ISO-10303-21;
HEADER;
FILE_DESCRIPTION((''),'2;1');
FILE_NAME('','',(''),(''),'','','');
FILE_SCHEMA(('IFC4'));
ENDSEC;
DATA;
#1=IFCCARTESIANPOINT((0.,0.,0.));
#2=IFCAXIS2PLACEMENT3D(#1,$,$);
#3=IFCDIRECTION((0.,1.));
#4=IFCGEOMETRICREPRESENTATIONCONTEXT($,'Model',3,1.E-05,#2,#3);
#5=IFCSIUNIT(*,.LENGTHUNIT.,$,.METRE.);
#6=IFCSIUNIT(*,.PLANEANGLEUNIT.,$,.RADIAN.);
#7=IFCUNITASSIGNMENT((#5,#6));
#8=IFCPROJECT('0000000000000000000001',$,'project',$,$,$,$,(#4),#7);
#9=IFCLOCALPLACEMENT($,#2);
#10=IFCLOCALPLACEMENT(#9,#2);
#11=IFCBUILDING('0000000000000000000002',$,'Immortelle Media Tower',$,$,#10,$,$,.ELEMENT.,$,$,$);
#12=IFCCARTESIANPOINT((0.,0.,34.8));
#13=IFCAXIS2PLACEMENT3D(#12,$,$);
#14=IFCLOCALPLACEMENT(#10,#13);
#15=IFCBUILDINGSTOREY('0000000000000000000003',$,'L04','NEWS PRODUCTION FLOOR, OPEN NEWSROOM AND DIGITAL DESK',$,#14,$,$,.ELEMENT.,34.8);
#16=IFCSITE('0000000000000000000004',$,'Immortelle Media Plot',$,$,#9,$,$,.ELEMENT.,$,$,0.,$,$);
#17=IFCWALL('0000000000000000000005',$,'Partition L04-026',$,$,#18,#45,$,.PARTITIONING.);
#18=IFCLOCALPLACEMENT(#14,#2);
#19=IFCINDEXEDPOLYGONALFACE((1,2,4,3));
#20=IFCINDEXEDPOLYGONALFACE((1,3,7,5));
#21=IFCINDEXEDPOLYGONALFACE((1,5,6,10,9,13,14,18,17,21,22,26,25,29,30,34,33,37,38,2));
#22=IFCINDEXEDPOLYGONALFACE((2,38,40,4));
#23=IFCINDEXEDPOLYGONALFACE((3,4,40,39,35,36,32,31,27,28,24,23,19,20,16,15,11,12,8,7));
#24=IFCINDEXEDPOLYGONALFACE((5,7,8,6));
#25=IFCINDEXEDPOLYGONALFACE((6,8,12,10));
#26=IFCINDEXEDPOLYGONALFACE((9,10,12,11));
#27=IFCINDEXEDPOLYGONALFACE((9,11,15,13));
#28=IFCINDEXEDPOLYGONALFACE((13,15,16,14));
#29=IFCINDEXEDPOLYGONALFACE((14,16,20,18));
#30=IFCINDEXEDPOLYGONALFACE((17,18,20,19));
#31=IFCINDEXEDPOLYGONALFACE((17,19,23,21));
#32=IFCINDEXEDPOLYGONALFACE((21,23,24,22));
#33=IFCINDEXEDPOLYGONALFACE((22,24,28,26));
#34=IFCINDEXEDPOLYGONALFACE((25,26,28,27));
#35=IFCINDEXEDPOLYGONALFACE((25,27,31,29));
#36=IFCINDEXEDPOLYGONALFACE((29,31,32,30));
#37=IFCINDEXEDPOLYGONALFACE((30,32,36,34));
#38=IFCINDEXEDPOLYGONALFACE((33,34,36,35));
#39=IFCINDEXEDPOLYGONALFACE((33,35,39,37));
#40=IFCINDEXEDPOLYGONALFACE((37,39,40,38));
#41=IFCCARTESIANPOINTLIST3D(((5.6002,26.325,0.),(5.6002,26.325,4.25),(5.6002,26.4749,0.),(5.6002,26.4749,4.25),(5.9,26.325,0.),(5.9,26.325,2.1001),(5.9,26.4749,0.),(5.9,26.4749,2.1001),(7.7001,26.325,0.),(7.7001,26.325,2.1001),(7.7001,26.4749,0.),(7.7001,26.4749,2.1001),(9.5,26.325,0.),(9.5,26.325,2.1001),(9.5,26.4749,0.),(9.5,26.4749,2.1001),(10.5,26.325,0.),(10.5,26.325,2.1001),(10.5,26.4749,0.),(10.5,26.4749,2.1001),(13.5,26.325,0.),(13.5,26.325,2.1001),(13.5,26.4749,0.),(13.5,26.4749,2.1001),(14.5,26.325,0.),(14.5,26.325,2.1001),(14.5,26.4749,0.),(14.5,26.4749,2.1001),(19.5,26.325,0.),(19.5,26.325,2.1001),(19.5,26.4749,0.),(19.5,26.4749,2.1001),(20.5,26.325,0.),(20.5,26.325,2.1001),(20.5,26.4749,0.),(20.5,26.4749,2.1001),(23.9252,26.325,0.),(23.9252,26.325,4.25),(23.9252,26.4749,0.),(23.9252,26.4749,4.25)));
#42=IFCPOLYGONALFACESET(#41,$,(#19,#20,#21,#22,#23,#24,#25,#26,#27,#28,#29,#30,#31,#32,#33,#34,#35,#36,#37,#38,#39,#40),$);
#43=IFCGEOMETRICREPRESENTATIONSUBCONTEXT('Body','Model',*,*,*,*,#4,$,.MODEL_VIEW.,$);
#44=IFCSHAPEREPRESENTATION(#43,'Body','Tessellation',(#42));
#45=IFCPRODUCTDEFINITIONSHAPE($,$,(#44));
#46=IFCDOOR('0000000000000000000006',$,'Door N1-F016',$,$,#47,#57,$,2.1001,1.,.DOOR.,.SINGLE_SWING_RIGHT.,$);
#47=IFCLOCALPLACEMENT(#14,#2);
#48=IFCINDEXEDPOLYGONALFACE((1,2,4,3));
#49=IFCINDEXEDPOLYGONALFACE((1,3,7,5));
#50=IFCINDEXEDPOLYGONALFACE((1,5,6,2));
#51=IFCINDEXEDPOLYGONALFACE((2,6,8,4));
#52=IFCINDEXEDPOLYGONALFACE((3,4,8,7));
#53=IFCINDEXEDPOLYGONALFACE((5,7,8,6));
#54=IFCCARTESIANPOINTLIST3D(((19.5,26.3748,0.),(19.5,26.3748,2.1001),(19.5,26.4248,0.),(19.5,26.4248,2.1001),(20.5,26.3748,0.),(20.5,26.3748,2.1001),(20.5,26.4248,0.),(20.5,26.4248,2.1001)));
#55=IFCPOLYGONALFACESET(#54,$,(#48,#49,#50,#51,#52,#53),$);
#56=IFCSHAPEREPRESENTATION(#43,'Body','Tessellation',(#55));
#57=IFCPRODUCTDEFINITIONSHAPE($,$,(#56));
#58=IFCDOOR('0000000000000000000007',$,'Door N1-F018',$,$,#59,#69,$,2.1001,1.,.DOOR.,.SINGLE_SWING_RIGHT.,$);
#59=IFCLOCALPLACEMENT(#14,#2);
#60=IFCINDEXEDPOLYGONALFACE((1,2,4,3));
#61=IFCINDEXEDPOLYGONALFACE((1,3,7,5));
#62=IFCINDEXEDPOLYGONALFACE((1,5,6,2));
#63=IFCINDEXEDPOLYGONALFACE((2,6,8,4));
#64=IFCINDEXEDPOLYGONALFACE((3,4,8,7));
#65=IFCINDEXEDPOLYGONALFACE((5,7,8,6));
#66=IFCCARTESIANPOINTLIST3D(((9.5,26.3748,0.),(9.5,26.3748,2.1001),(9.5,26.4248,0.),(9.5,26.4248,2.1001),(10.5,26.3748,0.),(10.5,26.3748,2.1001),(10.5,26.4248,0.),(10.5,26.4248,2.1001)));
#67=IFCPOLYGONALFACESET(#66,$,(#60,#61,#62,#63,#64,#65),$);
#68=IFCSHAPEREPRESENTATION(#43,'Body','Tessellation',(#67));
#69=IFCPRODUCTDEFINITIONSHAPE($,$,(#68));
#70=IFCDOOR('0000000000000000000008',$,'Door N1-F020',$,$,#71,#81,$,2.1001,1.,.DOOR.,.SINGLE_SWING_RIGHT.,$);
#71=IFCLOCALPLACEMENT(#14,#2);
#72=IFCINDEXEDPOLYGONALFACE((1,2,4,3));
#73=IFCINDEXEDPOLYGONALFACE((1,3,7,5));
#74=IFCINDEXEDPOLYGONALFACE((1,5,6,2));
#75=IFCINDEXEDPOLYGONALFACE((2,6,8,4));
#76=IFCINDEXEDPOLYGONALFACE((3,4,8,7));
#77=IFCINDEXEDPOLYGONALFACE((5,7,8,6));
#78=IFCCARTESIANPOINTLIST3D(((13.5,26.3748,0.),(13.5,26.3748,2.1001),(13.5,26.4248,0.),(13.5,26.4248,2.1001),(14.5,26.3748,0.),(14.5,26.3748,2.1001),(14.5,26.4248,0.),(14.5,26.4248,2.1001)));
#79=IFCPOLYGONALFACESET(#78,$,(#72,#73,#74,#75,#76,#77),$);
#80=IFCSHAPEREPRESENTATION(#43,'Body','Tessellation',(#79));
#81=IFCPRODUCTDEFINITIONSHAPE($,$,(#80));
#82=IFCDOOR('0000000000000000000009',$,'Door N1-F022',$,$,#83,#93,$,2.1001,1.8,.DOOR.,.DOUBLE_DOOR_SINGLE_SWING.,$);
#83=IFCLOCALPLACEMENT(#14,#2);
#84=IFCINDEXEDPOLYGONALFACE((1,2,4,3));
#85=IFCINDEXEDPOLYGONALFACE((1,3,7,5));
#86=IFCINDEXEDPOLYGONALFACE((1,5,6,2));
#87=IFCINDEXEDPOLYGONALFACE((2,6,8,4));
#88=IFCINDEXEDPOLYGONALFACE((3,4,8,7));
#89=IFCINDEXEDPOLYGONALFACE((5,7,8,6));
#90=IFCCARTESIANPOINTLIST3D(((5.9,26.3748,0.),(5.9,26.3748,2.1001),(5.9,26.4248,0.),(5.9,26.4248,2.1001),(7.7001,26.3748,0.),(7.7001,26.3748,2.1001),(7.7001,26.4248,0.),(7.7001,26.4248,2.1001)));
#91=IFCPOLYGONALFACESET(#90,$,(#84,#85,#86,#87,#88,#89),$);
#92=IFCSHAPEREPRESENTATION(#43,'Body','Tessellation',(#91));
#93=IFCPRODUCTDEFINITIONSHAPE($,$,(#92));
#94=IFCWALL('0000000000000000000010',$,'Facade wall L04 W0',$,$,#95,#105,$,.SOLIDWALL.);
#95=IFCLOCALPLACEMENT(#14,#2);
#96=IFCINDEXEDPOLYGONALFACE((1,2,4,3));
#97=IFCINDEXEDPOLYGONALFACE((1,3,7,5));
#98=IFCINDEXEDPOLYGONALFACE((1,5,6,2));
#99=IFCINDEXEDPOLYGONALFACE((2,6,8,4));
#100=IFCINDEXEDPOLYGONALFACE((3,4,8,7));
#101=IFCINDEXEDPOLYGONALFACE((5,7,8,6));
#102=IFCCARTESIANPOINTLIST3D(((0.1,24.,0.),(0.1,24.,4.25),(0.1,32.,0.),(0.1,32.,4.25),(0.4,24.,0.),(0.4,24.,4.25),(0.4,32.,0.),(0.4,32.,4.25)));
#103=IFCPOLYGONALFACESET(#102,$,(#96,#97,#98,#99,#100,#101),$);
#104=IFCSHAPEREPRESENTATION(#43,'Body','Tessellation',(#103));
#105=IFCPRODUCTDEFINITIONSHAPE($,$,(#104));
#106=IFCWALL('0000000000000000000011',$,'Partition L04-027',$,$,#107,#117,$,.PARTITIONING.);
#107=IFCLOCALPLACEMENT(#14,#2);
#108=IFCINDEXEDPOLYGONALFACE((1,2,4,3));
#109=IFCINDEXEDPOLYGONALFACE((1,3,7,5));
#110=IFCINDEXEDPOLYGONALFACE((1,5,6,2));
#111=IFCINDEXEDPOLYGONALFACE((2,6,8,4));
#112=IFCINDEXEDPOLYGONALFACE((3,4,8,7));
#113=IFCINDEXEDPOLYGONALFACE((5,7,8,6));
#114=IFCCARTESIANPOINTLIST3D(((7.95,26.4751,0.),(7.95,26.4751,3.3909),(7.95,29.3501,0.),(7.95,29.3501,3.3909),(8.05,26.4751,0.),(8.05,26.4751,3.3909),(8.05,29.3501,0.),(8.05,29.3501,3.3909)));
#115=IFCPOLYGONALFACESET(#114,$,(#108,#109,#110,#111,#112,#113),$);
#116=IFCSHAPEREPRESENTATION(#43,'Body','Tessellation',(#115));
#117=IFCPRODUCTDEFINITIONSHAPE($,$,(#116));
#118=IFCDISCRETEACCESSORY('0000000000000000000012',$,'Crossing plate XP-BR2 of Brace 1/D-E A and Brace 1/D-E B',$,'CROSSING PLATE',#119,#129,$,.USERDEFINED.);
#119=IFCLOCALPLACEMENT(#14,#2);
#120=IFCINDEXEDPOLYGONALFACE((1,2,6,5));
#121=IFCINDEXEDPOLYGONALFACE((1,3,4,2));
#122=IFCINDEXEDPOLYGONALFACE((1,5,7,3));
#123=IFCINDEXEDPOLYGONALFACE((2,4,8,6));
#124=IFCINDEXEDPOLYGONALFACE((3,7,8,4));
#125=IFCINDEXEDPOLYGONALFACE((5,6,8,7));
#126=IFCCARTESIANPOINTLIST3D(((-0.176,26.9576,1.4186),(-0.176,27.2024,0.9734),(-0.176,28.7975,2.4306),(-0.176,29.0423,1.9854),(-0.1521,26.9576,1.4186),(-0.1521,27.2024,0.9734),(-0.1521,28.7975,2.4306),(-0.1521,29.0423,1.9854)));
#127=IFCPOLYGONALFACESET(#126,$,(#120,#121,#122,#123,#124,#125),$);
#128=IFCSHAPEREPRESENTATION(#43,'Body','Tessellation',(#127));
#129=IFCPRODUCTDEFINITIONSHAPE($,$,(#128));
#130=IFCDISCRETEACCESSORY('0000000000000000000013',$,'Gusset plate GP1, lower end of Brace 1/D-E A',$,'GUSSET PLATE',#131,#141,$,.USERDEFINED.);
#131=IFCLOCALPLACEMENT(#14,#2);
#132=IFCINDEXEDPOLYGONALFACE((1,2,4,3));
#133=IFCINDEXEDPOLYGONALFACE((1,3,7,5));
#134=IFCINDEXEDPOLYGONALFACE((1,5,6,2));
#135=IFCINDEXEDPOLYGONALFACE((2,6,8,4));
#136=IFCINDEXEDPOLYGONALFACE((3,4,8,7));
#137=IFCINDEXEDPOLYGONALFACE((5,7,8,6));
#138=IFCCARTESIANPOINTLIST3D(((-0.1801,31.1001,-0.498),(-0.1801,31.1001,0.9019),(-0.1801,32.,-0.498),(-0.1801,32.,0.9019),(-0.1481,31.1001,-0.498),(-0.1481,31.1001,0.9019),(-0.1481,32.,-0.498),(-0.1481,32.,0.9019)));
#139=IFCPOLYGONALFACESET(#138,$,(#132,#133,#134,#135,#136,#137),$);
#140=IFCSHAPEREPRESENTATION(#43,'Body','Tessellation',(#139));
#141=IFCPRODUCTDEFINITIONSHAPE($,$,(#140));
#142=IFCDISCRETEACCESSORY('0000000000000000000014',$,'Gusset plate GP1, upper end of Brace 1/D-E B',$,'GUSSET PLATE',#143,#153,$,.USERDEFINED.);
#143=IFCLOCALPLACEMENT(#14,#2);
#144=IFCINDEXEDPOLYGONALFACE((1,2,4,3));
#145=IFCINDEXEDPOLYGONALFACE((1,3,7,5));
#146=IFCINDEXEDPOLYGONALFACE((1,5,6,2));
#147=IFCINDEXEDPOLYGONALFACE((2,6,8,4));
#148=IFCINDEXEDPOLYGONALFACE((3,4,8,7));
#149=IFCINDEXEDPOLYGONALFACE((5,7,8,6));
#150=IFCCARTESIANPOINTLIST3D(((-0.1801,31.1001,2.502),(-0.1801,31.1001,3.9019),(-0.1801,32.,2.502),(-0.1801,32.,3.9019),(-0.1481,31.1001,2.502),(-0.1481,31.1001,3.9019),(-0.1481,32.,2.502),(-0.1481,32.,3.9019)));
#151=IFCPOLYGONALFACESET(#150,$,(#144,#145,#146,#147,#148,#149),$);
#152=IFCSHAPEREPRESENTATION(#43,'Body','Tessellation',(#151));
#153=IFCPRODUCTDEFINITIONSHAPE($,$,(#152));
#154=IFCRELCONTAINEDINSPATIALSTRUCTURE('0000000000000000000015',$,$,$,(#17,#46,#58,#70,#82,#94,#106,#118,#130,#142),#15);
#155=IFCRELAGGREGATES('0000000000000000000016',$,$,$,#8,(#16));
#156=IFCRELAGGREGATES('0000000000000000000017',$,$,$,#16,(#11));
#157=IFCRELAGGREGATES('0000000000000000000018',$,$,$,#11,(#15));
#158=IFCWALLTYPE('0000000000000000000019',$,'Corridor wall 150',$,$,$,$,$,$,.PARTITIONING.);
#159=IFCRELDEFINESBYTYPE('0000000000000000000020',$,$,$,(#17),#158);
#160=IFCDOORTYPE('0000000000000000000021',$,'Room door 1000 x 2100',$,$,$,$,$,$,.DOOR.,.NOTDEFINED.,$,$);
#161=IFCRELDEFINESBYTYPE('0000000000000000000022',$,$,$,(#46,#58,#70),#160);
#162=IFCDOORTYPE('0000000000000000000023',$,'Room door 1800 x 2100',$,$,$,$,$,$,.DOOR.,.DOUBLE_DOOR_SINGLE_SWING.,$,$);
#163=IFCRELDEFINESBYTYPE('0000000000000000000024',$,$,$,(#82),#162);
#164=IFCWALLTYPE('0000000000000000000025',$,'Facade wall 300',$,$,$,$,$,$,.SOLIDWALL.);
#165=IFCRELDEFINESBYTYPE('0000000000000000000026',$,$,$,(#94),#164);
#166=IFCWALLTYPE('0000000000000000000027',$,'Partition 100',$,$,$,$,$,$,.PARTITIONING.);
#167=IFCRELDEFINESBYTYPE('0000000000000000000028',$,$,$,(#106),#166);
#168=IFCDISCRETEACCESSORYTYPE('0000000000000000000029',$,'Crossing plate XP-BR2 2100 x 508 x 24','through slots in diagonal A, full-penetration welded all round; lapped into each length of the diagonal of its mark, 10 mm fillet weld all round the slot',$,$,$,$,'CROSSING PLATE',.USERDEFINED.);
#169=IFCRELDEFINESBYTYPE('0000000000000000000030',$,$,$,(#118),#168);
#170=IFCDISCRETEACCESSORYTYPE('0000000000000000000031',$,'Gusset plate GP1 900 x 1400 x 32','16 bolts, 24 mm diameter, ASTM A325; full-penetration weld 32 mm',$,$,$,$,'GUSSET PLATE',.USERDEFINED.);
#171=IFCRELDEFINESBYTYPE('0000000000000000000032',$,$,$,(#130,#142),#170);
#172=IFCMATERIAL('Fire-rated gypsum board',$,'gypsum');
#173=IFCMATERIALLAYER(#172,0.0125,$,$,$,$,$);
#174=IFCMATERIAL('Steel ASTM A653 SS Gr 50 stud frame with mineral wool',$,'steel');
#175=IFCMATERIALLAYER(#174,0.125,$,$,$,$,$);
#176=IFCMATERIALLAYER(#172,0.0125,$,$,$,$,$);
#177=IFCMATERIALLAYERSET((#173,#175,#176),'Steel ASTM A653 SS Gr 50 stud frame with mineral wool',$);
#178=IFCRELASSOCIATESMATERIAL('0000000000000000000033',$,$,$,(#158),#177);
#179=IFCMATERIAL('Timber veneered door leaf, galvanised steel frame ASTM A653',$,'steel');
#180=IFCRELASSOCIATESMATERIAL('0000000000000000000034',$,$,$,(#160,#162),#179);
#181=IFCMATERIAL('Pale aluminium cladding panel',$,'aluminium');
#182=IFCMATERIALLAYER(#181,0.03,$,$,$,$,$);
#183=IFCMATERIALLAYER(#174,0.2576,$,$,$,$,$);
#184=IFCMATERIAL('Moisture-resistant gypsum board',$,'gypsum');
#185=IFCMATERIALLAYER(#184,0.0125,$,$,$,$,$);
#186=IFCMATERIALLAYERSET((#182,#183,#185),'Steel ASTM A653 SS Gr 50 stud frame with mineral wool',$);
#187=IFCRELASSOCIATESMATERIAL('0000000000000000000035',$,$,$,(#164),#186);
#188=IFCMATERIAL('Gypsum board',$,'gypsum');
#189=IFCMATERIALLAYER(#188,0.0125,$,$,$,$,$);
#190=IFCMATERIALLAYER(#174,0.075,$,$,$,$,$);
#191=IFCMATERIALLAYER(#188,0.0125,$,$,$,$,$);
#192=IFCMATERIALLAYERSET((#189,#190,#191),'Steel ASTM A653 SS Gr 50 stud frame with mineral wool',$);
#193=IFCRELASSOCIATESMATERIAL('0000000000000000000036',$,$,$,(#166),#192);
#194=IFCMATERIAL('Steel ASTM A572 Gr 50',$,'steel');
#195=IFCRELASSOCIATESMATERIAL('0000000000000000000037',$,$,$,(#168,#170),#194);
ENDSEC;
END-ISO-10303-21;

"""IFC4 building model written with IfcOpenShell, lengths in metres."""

from ifc_helpers import new_model, si_unit, direction, frame, frame_2d, origin, origin_2d, place, context, subcontext, project, spatial, rectangle, extrude, material, layer, layer_set, material_profile, profile_set, type_object, element, fill, save


model = new_model("IFC4")

# Units and contexts
model_context = context("Model", 3, precision=1e-05, world=origin(), true_north=direction((0.0, 1.0)))
body_context = subcontext(model_context, "Body", "Model", "MODEL_VIEW")
ifc_project = project(units=[si_unit("LENGTHUNIT", "METRE"), si_unit("PLANEANGLEUNIT", "RADIAN")], contexts=[model_context])

# Site, building, storey
site_placement = place(None, origin())
site = spatial("IfcSite", under=ifc_project, at=site_placement, Name="Immortelle Media Plot", CompositionType="ELEMENT", RefElevation=0.0)
building_placement = place(site_placement, origin())
building = spatial("IfcBuilding", under=site, at=building_placement, Name="Immortelle Media Tower", CompositionType="ELEMENT")
storey_placement = place(building_placement, frame((0.0, 0.0, 34.8)))
storey = spatial("IfcBuildingStorey", under=building, at=storey_placement, Name="L04", Description="NEWS PRODUCTION FLOOR, OPEN NEWSROOM AND DIGITAL DESK", CompositionType="ELEMENT", Elevation=34.8)

# Wall, openings, doors
ifc_material_1 = material(Name="Fire-rated gypsum board", Category="gypsum")
ifc_layer_1 = layer(ifc_material_1, 0.0125)
ifc_material_2 = material(Name="Steel ASTM A653 SS Gr 50 stud frame with mineral wool", Category="steel")
ifc_layer_2 = layer(ifc_material_2, 0.125)
ifc_layer_3 = layer(ifc_material_1, 0.0125)
ifc_layer_set_1 = layer_set([ifc_layer_1, ifc_layer_2, ifc_layer_3], Name="Steel ASTM A653 SS Gr 50 stud frame with mineral wool")
wall_type_1 = type_object("IfcWallType", Name="Corridor wall 150", PredefinedType="PARTITIONING", material=ifc_layer_set_1)
wall_1_placement = place(storey_placement, frame((5.6001, 26.3999, 0.0), z_axis=(0.0, 0.0, 1.0), x_axis=(1.0, 0.0, 0.0)))
wall_1 = element("IfcWall", 1, at=wall_1_placement, inside=storey, type_object=wall_type_1, Name="Partition L04-026", PredefinedType="PARTITIONING", context=body_context, shape_type="SweptSolid", body=[
    extrude(rectangle(XDim=18.325, YDim=0.1499, at=frame_2d((9.1626, 0.0))), origin(), (0.0, 0.0, 1.0), 4.25),
])
opening_1_placement = place(wall_1_placement, frame((13.8999, 0.0, 0.0)))
opening_1 = element("IfcOpeningElement", 2, at=opening_1_placement, cuts=wall_1, PredefinedType="OPENING", context=body_context, shape_type="SweptSolid", body=[
    extrude(rectangle(XDim=1.0, YDim=2.1001, at=frame_2d((0.5, 1.05))), frame((0.0, 0.085, 0.0), z_axis=(0.0, -1.0, 0.0), x_axis=(1.0, 0.0, 0.0)), (0.0, 0.0, 1.0), 0.1699),
])
opening_2_placement = place(wall_1_placement, frame((3.8999, 0.0, 0.0)))
opening_2 = element("IfcOpeningElement", 3, at=opening_2_placement, cuts=wall_1, PredefinedType="OPENING", context=body_context, shape_type="SweptSolid", body=[
    extrude(rectangle(XDim=1.0, YDim=2.1001, at=frame_2d((0.5, 1.05))), frame((0.0, 0.085, 0.0), z_axis=(0.0, -1.0, 0.0), x_axis=(1.0, 0.0, 0.0)), (0.0, 0.0, 1.0), 0.1699),
])
opening_3_placement = place(wall_1_placement, frame((7.8999, 0.0, 0.0)))
opening_3 = element("IfcOpeningElement", 4, at=opening_3_placement, cuts=wall_1, PredefinedType="OPENING", context=body_context, shape_type="SweptSolid", body=[
    extrude(rectangle(XDim=1.0, YDim=2.1001, at=frame_2d((0.5, 1.05))), frame((0.0, 0.085, 0.0), z_axis=(0.0, -1.0, 0.0), x_axis=(1.0, 0.0, 0.0)), (0.0, 0.0, 1.0), 0.1699),
])
opening_4_placement = place(wall_1_placement, frame((0.3, 0.0, 0.0)))
opening_4 = element("IfcOpeningElement", 5, at=opening_4_placement, cuts=wall_1, PredefinedType="OPENING", context=body_context, shape_type="SweptSolid", body=[
    extrude(rectangle(XDim=1.8, YDim=2.1001, at=frame_2d((0.8999, 1.05))), frame((0.0, 0.085, 0.0), z_axis=(0.0, -1.0, 0.0), x_axis=(1.0, 0.0, 0.0)), (0.0, 0.0, 1.0), 0.1699),
])
ifc_material_3 = material(Name="Timber veneered door leaf, galvanised steel frame ASTM A653", Category="steel")
door_type_1 = type_object("IfcDoorType", Name="Room door 1000 x 2100", OperationType="NOTDEFINED", PredefinedType="DOOR", material=ifc_material_3)
door_1_placement = place(opening_1_placement, origin())
door_1 = element("IfcDoor", 6, at=door_1_placement, inside=storey, type_object=door_type_1, Name="Door N1-F016", OperationType="SINGLE_SWING_RIGHT", OverallHeight=2.1001, OverallWidth=1.0, PredefinedType="DOOR", context=body_context, shape_type="SweptSolid", body=[
    extrude(rectangle(XDim=1.0, YDim=2.1001, at=frame_2d((0.5, 1.05))), frame((0.0, 0.0249, 0.0), z_axis=(0.0, -1.0, 0.0), x_axis=(1.0, 0.0, 0.0)), (0.0, 0.0, 1.0), 0.05),
])
fill(opening_1, door_1)
door_2_placement = place(opening_2_placement, origin())
door_2 = element("IfcDoor", 7, at=door_2_placement, inside=storey, type_object=door_type_1, Name="Door N1-F018", OperationType="SINGLE_SWING_RIGHT", OverallHeight=2.1001, OverallWidth=1.0, PredefinedType="DOOR", context=body_context, shape_type="SweptSolid", body=[
    extrude(rectangle(XDim=1.0, YDim=2.1001, at=frame_2d((0.5, 1.05))), frame((0.0, 0.0249, 0.0), z_axis=(0.0, -1.0, 0.0), x_axis=(1.0, 0.0, 0.0)), (0.0, 0.0, 1.0), 0.05),
])
fill(opening_2, door_2)
door_3_placement = place(opening_3_placement, origin())
door_3 = element("IfcDoor", 8, at=door_3_placement, inside=storey, type_object=door_type_1, Name="Door N1-F020", OperationType="SINGLE_SWING_RIGHT", OverallHeight=2.1001, OverallWidth=1.0, PredefinedType="DOOR", context=body_context, shape_type="SweptSolid", body=[
    extrude(rectangle(XDim=1.0, YDim=2.1001, at=frame_2d((0.5, 1.05))), frame((0.0, 0.0249, 0.0), z_axis=(0.0, -1.0, 0.0), x_axis=(1.0, 0.0, 0.0)), (0.0, 0.0, 1.0), 0.05),
])
fill(opening_3, door_3)
door_type_2 = type_object("IfcDoorType", Name="Room door 1800 x 2100", OperationType="DOUBLE_DOOR_SINGLE_SWING", PredefinedType="DOOR", material=ifc_material_3)
door_4_placement = place(opening_4_placement, origin())
door_4 = element("IfcDoor", 9, at=door_4_placement, inside=storey, type_object=door_type_2, Name="Door N1-F022", OperationType="DOUBLE_DOOR_SINGLE_SWING", OverallHeight=2.1001, OverallWidth=1.8, PredefinedType="DOOR", context=body_context, shape_type="SweptSolid", body=[
    extrude(rectangle(XDim=1.8, YDim=2.1001, at=frame_2d((0.8999, 1.05))), frame((0.0, 0.0249, 0.0), z_axis=(0.0, -1.0, 0.0), x_axis=(1.0, 0.0, 0.0)), (0.0, 0.0, 1.0), 0.05),
])
fill(opening_4, door_4)

# Walls
ifc_material_4 = material(Name="Pale aluminium cladding panel", Category="aluminium")
ifc_layer_4 = layer(ifc_material_4, 0.03)
ifc_layer_5 = layer(ifc_material_2, 0.2576)
ifc_material_5 = material(Name="Moisture-resistant gypsum board", Category="gypsum")
ifc_layer_6 = layer(ifc_material_5, 0.0125)
ifc_layer_set_2 = layer_set([ifc_layer_4, ifc_layer_5, ifc_layer_6], Name="Steel ASTM A653 SS Gr 50 stud frame with mineral wool")
wall_type_2 = type_object("IfcWallType", Name="Facade wall 300", PredefinedType="SOLIDWALL", material=ifc_layer_set_2)
wall_2_placement = place(storey_placement, frame((0.25, 32.0, 0.0), z_axis=(0.0, 0.0, 1.0), x_axis=(0.0, -1.0, 0.0)))
element("IfcWall", 10, at=wall_2_placement, inside=storey, type_object=wall_type_2, Name="Facade wall L04 W0", PredefinedType="SOLIDWALL", context=body_context, shape_type="SweptSolid", body=[
    extrude(rectangle(XDim=8.0, YDim=0.3, at=frame_2d((4.0, 0.0))), origin(), (0.0, 0.0, 1.0), 4.25),
])
ifc_material_6 = material(Name="Gypsum board", Category="gypsum")
ifc_layer_7 = layer(ifc_material_6, 0.0125)
ifc_layer_8 = layer(ifc_material_2, 0.075)
ifc_layer_9 = layer(ifc_material_6, 0.0125)
ifc_layer_set_3 = layer_set([ifc_layer_7, ifc_layer_8, ifc_layer_9], Name="Steel ASTM A653 SS Gr 50 stud frame with mineral wool")
wall_type_3 = type_object("IfcWallType", Name="Partition 100", PredefinedType="PARTITIONING", material=ifc_layer_set_3)
wall_3_placement = place(storey_placement, frame((8.0, 26.4751, 0.0), z_axis=(0.0, 0.0, 1.0), x_axis=(0.0, 1.0, 0.0)))
element("IfcWall", 11, at=wall_3_placement, inside=storey, type_object=wall_type_3, Name="Partition L04-027", PredefinedType="PARTITIONING", context=body_context, shape_type="SweptSolid", body=[
    extrude(rectangle(XDim=2.875, YDim=0.1001, at=frame_2d((1.4375, 0.0))), origin(), (0.0, 0.0, 1.0), 3.3909),
])

# Discrete accessories
ifc_material_7 = material(Name="Steel ASTM A572 Gr 50", Category="steel")
ifc_material_profile_1 = material_profile(ifc_material_7, rectangle(XDim=0.0239, YDim=0.5081, at=origin_2d()), Name="PL 24 x 508")
ifc_profile_set_1 = profile_set([ifc_material_profile_1], Name="Steel ASTM A572 Gr 50")
discrete_accessory_type_1 = type_object("IfcDiscreteAccessoryType", Name="Crossing plate XP-BR2 2100 x 508 x 24", Description="through slots in diagonal A, full-penetration welded all round; lapped into each length of the diagonal of its mark, 10 mm fillet weld all round the slot", ElementType="CROSSING PLATE", PredefinedType="USERDEFINED", material=ifc_profile_set_1)
discrete_accessory_placement = place(storey_placement, frame((-0.1641, 28.9199, 2.208), z_axis=(0.0, -0.876206, -0.481937), x_axis=(1.0, 0.0, 0.0)))
element("IfcDiscreteAccessory", 12, at=discrete_accessory_placement, inside=storey, type_object=discrete_accessory_type_1, Name="Crossing plate XP-BR2 of Brace 1/D-E A and Brace 1/D-E B", ObjectType="CROSSING PLATE", PredefinedType="USERDEFINED", context=body_context, shape_type="SweptSolid", body=[
    extrude(rectangle(XDim=0.0239, YDim=0.5081, at=origin_2d()), origin(), (0.0, 0.0, 1.0), 2.0999),
])
ifc_material_profile_2 = material_profile(ifc_material_7, rectangle(XDim=0.032, YDim=1.3999, at=origin_2d()), Name="PL 32 x 1400")
ifc_profile_set_2 = profile_set([ifc_material_profile_2], Name="Steel ASTM A572 Gr 50")
discrete_accessory_type_2 = type_object("IfcDiscreteAccessoryType", Name="Gusset plate GP1 900 x 1400 x 32", Description="16 bolts, 24 mm diameter, ASTM A325; full-penetration weld 32 mm", ElementType="GUSSET PLATE", PredefinedType="USERDEFINED", material=ifc_profile_set_2)
for number, where, z_axis, x_axis, name in (
    (13, (-0.1641, 32.0, 0.2019), (0.0, -1.0, 0.0), (1.0, 0.0, 0.0), "Gusset plate GP1, lower end of Brace 1/D-E A"),
    (14, (-0.1641, 32.0, 3.2019), (0.0, -1.0, 0.0), (1.0, 0.0, 0.0), "Gusset plate GP1, upper end of Brace 1/D-E B"),
):
    element("IfcDiscreteAccessory", number, at=place(storey_placement, frame(where, z_axis=z_axis, x_axis=x_axis)), inside=storey, type_object=discrete_accessory_type_2, Name=name, ObjectType="GUSSET PLATE", PredefinedType="USERDEFINED", context=body_context, shape_type="SweptSolid", body=[
        extrude(rectangle(XDim=0.032, YDim=1.3999, at=origin_2d()), origin(), (0.0, 0.0, 1.0), 0.8999),
    ])

save(model, "model.ifc")
